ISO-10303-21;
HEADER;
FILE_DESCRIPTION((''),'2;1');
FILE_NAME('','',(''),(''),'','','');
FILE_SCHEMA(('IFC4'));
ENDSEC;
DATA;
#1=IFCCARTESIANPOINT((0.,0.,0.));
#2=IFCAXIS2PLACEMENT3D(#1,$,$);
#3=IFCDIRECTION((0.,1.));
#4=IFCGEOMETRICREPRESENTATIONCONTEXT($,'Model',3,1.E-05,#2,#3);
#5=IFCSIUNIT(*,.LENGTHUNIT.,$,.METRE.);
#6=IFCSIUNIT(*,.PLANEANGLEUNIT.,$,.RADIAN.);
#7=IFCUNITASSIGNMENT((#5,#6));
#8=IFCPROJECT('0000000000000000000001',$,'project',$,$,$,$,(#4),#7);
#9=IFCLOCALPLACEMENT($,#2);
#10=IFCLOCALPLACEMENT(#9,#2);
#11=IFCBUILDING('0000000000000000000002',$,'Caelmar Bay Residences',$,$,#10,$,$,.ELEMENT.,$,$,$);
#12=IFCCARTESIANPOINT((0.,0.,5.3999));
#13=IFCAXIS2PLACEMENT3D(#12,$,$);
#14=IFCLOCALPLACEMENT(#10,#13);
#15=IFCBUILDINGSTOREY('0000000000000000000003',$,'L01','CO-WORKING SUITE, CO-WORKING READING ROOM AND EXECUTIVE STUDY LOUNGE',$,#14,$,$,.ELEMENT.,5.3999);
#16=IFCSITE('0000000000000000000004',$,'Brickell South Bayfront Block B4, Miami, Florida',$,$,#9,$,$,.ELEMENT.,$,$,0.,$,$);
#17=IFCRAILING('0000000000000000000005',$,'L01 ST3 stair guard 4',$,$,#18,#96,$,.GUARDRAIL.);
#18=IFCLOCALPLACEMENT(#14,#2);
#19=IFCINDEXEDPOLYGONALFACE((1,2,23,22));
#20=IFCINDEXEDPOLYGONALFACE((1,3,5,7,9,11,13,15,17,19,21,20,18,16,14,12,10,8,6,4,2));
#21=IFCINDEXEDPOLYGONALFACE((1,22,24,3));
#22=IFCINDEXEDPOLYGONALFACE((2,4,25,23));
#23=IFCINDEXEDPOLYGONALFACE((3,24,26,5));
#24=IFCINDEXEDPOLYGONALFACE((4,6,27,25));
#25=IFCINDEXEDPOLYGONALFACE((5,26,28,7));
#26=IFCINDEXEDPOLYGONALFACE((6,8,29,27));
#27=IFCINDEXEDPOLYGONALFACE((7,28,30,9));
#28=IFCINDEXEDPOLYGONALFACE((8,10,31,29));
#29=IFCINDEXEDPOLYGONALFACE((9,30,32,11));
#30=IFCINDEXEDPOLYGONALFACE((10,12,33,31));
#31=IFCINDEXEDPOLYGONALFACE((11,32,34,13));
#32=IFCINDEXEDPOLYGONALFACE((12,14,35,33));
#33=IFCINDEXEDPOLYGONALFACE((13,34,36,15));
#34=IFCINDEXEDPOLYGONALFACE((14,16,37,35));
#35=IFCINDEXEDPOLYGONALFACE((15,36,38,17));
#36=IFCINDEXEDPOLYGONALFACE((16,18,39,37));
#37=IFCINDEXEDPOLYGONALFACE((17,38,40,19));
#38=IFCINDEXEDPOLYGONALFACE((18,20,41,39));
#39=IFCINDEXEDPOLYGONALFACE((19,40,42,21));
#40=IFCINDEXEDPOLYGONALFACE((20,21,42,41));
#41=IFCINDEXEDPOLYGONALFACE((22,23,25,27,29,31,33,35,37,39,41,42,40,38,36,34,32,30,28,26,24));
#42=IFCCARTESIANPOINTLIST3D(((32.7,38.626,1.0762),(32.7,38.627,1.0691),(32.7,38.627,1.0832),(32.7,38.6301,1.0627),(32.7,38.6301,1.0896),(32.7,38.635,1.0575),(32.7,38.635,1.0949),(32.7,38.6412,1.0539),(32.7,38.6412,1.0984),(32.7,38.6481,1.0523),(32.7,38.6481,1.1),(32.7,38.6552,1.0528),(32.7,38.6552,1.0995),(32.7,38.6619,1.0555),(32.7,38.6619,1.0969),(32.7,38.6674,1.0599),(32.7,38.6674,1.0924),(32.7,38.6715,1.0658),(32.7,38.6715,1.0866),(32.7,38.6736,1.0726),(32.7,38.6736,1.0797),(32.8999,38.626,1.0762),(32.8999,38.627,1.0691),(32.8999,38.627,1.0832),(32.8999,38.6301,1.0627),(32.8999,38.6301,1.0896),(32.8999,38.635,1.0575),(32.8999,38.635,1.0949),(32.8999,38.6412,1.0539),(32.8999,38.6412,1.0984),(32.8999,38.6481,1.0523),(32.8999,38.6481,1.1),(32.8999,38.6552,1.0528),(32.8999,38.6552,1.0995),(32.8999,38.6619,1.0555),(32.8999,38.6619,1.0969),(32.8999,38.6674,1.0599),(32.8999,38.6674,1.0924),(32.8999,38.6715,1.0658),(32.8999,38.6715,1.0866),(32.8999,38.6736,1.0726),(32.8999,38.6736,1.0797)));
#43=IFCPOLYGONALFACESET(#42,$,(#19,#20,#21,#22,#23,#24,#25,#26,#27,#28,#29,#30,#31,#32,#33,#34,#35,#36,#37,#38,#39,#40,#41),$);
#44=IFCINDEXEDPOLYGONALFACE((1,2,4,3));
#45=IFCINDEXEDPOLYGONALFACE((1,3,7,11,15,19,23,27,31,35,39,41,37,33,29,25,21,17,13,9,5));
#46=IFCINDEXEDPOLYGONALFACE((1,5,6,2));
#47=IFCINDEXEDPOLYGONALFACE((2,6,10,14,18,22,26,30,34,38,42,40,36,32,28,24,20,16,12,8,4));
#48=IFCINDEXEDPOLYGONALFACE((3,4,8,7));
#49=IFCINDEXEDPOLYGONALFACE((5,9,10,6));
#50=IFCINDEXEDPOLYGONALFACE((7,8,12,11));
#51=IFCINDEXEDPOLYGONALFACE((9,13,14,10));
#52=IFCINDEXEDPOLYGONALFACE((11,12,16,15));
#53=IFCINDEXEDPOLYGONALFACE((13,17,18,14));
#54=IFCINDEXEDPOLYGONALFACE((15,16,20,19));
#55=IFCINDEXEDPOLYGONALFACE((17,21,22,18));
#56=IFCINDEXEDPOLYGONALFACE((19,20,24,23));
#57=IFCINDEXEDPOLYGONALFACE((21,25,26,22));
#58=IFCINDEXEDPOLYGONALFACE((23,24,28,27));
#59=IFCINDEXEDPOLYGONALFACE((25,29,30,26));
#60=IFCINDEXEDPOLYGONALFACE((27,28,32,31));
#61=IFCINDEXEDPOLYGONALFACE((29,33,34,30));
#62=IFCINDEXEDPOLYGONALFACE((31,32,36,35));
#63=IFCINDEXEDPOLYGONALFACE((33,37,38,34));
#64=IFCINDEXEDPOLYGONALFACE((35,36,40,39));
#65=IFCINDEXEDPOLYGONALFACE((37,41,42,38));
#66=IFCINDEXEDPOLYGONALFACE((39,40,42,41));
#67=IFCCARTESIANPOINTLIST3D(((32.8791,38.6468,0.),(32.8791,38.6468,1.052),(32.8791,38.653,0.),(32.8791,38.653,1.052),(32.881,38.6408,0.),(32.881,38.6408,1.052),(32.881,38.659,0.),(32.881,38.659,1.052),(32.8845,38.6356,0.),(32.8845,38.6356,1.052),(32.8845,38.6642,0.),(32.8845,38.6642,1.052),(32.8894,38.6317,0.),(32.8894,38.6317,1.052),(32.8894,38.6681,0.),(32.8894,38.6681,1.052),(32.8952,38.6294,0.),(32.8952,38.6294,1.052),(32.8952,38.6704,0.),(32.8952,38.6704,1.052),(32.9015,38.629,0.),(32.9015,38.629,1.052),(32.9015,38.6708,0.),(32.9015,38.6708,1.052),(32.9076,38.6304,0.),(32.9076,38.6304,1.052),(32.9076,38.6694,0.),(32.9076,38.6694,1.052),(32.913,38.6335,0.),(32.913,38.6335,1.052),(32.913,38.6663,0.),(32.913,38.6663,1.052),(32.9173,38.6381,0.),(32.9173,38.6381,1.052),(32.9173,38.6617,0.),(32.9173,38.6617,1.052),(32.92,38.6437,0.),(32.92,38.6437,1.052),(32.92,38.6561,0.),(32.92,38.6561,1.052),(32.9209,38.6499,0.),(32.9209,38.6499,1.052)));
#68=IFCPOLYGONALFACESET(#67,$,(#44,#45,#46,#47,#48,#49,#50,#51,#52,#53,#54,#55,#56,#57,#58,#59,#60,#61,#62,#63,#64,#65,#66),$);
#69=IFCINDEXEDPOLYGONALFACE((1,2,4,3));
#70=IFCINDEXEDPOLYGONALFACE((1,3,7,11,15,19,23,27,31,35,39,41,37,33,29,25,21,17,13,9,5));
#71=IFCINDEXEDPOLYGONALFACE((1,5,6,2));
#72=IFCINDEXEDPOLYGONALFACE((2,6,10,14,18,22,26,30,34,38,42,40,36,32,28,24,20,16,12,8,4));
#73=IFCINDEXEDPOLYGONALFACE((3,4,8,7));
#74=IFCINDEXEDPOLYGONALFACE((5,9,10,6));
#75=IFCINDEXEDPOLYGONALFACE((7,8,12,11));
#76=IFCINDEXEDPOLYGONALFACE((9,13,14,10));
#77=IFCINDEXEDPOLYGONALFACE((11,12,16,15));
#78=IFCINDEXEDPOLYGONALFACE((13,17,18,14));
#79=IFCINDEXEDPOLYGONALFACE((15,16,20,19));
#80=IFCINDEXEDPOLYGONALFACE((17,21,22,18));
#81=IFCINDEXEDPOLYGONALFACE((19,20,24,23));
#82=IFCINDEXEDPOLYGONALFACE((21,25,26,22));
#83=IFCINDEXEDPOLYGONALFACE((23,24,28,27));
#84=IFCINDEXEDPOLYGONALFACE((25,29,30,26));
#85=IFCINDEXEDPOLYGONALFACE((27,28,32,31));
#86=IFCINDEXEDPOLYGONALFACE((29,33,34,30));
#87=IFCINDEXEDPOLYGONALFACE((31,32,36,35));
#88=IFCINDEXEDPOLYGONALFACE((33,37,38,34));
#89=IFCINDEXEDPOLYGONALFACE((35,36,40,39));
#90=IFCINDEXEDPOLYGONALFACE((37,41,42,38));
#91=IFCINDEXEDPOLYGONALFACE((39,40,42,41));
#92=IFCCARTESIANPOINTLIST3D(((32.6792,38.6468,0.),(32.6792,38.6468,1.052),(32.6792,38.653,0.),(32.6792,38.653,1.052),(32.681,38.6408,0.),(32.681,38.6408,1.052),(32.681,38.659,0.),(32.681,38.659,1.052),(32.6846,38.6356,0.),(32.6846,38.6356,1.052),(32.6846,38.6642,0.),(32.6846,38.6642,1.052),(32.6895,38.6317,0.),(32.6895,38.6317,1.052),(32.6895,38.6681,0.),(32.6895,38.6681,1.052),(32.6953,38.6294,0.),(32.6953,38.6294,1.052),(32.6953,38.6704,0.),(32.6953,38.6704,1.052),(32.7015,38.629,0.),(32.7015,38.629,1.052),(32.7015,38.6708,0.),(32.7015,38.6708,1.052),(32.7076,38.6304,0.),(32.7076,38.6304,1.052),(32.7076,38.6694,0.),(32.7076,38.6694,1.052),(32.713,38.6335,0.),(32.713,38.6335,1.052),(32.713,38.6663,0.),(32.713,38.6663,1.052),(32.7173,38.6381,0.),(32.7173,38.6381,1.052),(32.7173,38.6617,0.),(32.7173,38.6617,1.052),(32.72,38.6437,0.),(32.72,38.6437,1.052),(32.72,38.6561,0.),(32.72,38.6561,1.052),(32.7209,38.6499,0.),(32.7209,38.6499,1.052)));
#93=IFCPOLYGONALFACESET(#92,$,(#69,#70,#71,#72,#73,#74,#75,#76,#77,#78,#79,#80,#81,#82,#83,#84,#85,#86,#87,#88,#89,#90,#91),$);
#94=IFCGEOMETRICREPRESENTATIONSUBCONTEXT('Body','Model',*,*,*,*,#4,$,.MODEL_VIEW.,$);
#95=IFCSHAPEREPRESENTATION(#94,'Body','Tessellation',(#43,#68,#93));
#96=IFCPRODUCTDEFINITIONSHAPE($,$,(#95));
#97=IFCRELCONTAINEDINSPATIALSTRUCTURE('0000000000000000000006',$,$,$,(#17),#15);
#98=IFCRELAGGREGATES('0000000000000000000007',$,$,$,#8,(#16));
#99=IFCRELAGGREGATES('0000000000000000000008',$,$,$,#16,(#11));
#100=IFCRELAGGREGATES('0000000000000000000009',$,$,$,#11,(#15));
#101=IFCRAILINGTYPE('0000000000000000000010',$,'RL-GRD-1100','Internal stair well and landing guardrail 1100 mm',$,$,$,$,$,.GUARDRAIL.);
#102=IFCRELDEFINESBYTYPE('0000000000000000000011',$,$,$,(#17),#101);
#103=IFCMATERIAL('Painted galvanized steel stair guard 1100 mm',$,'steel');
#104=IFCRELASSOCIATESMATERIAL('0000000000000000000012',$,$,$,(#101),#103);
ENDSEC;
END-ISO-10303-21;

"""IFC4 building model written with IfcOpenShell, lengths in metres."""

from ifc_helpers import new_model, si_unit, direction, frame, origin, origin_2d, place, context, subcontext, project, spatial, circle, extrude, material, type_object, element, save


model = new_model("IFC4")

# Units and contexts
model_context = context("Model", 3, precision=1e-05, world=origin(), true_north=direction((0.0, 1.0)))
body_context = subcontext(model_context, "Body", "Model", "MODEL_VIEW")
ifc_project = project(units=[si_unit("LENGTHUNIT", "METRE"), si_unit("PLANEANGLEUNIT", "RADIAN")], contexts=[model_context])

# Site, building, storey
site_placement = place(None, origin())
site = spatial("IfcSite", under=ifc_project, at=site_placement, Name="Brickell South Bayfront Block B4, Miami, Florida", CompositionType="ELEMENT", RefElevation=0.0)
building_placement = place(site_placement, origin())
building = spatial("IfcBuilding", under=site, at=building_placement, Name="Caelmar Bay Residences", CompositionType="ELEMENT")
storey_placement = place(building_placement, frame((0.0, 0.0, 5.3999)))
storey = spatial("IfcBuildingStorey", under=building, at=storey_placement, Name="L01", Description="CO-WORKING SUITE, CO-WORKING READING ROOM AND EXECUTIVE STUDY LOUNGE", CompositionType="ELEMENT", Elevation=5.3999)

# Railing
ifc_material_1 = material(Name="Painted galvanized steel stair guard 1100 mm", Category="steel")
railing_type_1 = type_object("IfcRailingType", Name="RL-GRD-1100", Description="Internal stair well and landing guardrail 1100 mm", PredefinedType="GUARDRAIL", material=ifc_material_1)
railing_1_placement = place(storey_placement, frame((32.8999, 38.6499, 0.0)))
element("IfcRailing", 1, at=railing_1_placement, inside=storey, type_object=railing_type_1, Name="L01 ST3 stair guard 4", PredefinedType="GUARDRAIL", context=body_context, shape_type="SweptSolid", body=[
    extrude(circle(Radius=0.0239, at=origin_2d()), frame((0.0, 0.0, 1.0762), z_axis=(-1.0, 0.0, 0.0), x_axis=(0.0, -1.0, 0.0)), (0.0, 0.0, 1.0), 0.2),
    extrude(circle(Radius=0.021, at=origin_2d()), origin(), (0.0, 0.0, 1.0), 1.052),
    extrude(circle(Radius=0.021, at=origin_2d()), frame((-0.2, 0.0, 0.0)), (0.0, 0.0, 1.0), 1.052),
])

save(model, "model.ifc")
